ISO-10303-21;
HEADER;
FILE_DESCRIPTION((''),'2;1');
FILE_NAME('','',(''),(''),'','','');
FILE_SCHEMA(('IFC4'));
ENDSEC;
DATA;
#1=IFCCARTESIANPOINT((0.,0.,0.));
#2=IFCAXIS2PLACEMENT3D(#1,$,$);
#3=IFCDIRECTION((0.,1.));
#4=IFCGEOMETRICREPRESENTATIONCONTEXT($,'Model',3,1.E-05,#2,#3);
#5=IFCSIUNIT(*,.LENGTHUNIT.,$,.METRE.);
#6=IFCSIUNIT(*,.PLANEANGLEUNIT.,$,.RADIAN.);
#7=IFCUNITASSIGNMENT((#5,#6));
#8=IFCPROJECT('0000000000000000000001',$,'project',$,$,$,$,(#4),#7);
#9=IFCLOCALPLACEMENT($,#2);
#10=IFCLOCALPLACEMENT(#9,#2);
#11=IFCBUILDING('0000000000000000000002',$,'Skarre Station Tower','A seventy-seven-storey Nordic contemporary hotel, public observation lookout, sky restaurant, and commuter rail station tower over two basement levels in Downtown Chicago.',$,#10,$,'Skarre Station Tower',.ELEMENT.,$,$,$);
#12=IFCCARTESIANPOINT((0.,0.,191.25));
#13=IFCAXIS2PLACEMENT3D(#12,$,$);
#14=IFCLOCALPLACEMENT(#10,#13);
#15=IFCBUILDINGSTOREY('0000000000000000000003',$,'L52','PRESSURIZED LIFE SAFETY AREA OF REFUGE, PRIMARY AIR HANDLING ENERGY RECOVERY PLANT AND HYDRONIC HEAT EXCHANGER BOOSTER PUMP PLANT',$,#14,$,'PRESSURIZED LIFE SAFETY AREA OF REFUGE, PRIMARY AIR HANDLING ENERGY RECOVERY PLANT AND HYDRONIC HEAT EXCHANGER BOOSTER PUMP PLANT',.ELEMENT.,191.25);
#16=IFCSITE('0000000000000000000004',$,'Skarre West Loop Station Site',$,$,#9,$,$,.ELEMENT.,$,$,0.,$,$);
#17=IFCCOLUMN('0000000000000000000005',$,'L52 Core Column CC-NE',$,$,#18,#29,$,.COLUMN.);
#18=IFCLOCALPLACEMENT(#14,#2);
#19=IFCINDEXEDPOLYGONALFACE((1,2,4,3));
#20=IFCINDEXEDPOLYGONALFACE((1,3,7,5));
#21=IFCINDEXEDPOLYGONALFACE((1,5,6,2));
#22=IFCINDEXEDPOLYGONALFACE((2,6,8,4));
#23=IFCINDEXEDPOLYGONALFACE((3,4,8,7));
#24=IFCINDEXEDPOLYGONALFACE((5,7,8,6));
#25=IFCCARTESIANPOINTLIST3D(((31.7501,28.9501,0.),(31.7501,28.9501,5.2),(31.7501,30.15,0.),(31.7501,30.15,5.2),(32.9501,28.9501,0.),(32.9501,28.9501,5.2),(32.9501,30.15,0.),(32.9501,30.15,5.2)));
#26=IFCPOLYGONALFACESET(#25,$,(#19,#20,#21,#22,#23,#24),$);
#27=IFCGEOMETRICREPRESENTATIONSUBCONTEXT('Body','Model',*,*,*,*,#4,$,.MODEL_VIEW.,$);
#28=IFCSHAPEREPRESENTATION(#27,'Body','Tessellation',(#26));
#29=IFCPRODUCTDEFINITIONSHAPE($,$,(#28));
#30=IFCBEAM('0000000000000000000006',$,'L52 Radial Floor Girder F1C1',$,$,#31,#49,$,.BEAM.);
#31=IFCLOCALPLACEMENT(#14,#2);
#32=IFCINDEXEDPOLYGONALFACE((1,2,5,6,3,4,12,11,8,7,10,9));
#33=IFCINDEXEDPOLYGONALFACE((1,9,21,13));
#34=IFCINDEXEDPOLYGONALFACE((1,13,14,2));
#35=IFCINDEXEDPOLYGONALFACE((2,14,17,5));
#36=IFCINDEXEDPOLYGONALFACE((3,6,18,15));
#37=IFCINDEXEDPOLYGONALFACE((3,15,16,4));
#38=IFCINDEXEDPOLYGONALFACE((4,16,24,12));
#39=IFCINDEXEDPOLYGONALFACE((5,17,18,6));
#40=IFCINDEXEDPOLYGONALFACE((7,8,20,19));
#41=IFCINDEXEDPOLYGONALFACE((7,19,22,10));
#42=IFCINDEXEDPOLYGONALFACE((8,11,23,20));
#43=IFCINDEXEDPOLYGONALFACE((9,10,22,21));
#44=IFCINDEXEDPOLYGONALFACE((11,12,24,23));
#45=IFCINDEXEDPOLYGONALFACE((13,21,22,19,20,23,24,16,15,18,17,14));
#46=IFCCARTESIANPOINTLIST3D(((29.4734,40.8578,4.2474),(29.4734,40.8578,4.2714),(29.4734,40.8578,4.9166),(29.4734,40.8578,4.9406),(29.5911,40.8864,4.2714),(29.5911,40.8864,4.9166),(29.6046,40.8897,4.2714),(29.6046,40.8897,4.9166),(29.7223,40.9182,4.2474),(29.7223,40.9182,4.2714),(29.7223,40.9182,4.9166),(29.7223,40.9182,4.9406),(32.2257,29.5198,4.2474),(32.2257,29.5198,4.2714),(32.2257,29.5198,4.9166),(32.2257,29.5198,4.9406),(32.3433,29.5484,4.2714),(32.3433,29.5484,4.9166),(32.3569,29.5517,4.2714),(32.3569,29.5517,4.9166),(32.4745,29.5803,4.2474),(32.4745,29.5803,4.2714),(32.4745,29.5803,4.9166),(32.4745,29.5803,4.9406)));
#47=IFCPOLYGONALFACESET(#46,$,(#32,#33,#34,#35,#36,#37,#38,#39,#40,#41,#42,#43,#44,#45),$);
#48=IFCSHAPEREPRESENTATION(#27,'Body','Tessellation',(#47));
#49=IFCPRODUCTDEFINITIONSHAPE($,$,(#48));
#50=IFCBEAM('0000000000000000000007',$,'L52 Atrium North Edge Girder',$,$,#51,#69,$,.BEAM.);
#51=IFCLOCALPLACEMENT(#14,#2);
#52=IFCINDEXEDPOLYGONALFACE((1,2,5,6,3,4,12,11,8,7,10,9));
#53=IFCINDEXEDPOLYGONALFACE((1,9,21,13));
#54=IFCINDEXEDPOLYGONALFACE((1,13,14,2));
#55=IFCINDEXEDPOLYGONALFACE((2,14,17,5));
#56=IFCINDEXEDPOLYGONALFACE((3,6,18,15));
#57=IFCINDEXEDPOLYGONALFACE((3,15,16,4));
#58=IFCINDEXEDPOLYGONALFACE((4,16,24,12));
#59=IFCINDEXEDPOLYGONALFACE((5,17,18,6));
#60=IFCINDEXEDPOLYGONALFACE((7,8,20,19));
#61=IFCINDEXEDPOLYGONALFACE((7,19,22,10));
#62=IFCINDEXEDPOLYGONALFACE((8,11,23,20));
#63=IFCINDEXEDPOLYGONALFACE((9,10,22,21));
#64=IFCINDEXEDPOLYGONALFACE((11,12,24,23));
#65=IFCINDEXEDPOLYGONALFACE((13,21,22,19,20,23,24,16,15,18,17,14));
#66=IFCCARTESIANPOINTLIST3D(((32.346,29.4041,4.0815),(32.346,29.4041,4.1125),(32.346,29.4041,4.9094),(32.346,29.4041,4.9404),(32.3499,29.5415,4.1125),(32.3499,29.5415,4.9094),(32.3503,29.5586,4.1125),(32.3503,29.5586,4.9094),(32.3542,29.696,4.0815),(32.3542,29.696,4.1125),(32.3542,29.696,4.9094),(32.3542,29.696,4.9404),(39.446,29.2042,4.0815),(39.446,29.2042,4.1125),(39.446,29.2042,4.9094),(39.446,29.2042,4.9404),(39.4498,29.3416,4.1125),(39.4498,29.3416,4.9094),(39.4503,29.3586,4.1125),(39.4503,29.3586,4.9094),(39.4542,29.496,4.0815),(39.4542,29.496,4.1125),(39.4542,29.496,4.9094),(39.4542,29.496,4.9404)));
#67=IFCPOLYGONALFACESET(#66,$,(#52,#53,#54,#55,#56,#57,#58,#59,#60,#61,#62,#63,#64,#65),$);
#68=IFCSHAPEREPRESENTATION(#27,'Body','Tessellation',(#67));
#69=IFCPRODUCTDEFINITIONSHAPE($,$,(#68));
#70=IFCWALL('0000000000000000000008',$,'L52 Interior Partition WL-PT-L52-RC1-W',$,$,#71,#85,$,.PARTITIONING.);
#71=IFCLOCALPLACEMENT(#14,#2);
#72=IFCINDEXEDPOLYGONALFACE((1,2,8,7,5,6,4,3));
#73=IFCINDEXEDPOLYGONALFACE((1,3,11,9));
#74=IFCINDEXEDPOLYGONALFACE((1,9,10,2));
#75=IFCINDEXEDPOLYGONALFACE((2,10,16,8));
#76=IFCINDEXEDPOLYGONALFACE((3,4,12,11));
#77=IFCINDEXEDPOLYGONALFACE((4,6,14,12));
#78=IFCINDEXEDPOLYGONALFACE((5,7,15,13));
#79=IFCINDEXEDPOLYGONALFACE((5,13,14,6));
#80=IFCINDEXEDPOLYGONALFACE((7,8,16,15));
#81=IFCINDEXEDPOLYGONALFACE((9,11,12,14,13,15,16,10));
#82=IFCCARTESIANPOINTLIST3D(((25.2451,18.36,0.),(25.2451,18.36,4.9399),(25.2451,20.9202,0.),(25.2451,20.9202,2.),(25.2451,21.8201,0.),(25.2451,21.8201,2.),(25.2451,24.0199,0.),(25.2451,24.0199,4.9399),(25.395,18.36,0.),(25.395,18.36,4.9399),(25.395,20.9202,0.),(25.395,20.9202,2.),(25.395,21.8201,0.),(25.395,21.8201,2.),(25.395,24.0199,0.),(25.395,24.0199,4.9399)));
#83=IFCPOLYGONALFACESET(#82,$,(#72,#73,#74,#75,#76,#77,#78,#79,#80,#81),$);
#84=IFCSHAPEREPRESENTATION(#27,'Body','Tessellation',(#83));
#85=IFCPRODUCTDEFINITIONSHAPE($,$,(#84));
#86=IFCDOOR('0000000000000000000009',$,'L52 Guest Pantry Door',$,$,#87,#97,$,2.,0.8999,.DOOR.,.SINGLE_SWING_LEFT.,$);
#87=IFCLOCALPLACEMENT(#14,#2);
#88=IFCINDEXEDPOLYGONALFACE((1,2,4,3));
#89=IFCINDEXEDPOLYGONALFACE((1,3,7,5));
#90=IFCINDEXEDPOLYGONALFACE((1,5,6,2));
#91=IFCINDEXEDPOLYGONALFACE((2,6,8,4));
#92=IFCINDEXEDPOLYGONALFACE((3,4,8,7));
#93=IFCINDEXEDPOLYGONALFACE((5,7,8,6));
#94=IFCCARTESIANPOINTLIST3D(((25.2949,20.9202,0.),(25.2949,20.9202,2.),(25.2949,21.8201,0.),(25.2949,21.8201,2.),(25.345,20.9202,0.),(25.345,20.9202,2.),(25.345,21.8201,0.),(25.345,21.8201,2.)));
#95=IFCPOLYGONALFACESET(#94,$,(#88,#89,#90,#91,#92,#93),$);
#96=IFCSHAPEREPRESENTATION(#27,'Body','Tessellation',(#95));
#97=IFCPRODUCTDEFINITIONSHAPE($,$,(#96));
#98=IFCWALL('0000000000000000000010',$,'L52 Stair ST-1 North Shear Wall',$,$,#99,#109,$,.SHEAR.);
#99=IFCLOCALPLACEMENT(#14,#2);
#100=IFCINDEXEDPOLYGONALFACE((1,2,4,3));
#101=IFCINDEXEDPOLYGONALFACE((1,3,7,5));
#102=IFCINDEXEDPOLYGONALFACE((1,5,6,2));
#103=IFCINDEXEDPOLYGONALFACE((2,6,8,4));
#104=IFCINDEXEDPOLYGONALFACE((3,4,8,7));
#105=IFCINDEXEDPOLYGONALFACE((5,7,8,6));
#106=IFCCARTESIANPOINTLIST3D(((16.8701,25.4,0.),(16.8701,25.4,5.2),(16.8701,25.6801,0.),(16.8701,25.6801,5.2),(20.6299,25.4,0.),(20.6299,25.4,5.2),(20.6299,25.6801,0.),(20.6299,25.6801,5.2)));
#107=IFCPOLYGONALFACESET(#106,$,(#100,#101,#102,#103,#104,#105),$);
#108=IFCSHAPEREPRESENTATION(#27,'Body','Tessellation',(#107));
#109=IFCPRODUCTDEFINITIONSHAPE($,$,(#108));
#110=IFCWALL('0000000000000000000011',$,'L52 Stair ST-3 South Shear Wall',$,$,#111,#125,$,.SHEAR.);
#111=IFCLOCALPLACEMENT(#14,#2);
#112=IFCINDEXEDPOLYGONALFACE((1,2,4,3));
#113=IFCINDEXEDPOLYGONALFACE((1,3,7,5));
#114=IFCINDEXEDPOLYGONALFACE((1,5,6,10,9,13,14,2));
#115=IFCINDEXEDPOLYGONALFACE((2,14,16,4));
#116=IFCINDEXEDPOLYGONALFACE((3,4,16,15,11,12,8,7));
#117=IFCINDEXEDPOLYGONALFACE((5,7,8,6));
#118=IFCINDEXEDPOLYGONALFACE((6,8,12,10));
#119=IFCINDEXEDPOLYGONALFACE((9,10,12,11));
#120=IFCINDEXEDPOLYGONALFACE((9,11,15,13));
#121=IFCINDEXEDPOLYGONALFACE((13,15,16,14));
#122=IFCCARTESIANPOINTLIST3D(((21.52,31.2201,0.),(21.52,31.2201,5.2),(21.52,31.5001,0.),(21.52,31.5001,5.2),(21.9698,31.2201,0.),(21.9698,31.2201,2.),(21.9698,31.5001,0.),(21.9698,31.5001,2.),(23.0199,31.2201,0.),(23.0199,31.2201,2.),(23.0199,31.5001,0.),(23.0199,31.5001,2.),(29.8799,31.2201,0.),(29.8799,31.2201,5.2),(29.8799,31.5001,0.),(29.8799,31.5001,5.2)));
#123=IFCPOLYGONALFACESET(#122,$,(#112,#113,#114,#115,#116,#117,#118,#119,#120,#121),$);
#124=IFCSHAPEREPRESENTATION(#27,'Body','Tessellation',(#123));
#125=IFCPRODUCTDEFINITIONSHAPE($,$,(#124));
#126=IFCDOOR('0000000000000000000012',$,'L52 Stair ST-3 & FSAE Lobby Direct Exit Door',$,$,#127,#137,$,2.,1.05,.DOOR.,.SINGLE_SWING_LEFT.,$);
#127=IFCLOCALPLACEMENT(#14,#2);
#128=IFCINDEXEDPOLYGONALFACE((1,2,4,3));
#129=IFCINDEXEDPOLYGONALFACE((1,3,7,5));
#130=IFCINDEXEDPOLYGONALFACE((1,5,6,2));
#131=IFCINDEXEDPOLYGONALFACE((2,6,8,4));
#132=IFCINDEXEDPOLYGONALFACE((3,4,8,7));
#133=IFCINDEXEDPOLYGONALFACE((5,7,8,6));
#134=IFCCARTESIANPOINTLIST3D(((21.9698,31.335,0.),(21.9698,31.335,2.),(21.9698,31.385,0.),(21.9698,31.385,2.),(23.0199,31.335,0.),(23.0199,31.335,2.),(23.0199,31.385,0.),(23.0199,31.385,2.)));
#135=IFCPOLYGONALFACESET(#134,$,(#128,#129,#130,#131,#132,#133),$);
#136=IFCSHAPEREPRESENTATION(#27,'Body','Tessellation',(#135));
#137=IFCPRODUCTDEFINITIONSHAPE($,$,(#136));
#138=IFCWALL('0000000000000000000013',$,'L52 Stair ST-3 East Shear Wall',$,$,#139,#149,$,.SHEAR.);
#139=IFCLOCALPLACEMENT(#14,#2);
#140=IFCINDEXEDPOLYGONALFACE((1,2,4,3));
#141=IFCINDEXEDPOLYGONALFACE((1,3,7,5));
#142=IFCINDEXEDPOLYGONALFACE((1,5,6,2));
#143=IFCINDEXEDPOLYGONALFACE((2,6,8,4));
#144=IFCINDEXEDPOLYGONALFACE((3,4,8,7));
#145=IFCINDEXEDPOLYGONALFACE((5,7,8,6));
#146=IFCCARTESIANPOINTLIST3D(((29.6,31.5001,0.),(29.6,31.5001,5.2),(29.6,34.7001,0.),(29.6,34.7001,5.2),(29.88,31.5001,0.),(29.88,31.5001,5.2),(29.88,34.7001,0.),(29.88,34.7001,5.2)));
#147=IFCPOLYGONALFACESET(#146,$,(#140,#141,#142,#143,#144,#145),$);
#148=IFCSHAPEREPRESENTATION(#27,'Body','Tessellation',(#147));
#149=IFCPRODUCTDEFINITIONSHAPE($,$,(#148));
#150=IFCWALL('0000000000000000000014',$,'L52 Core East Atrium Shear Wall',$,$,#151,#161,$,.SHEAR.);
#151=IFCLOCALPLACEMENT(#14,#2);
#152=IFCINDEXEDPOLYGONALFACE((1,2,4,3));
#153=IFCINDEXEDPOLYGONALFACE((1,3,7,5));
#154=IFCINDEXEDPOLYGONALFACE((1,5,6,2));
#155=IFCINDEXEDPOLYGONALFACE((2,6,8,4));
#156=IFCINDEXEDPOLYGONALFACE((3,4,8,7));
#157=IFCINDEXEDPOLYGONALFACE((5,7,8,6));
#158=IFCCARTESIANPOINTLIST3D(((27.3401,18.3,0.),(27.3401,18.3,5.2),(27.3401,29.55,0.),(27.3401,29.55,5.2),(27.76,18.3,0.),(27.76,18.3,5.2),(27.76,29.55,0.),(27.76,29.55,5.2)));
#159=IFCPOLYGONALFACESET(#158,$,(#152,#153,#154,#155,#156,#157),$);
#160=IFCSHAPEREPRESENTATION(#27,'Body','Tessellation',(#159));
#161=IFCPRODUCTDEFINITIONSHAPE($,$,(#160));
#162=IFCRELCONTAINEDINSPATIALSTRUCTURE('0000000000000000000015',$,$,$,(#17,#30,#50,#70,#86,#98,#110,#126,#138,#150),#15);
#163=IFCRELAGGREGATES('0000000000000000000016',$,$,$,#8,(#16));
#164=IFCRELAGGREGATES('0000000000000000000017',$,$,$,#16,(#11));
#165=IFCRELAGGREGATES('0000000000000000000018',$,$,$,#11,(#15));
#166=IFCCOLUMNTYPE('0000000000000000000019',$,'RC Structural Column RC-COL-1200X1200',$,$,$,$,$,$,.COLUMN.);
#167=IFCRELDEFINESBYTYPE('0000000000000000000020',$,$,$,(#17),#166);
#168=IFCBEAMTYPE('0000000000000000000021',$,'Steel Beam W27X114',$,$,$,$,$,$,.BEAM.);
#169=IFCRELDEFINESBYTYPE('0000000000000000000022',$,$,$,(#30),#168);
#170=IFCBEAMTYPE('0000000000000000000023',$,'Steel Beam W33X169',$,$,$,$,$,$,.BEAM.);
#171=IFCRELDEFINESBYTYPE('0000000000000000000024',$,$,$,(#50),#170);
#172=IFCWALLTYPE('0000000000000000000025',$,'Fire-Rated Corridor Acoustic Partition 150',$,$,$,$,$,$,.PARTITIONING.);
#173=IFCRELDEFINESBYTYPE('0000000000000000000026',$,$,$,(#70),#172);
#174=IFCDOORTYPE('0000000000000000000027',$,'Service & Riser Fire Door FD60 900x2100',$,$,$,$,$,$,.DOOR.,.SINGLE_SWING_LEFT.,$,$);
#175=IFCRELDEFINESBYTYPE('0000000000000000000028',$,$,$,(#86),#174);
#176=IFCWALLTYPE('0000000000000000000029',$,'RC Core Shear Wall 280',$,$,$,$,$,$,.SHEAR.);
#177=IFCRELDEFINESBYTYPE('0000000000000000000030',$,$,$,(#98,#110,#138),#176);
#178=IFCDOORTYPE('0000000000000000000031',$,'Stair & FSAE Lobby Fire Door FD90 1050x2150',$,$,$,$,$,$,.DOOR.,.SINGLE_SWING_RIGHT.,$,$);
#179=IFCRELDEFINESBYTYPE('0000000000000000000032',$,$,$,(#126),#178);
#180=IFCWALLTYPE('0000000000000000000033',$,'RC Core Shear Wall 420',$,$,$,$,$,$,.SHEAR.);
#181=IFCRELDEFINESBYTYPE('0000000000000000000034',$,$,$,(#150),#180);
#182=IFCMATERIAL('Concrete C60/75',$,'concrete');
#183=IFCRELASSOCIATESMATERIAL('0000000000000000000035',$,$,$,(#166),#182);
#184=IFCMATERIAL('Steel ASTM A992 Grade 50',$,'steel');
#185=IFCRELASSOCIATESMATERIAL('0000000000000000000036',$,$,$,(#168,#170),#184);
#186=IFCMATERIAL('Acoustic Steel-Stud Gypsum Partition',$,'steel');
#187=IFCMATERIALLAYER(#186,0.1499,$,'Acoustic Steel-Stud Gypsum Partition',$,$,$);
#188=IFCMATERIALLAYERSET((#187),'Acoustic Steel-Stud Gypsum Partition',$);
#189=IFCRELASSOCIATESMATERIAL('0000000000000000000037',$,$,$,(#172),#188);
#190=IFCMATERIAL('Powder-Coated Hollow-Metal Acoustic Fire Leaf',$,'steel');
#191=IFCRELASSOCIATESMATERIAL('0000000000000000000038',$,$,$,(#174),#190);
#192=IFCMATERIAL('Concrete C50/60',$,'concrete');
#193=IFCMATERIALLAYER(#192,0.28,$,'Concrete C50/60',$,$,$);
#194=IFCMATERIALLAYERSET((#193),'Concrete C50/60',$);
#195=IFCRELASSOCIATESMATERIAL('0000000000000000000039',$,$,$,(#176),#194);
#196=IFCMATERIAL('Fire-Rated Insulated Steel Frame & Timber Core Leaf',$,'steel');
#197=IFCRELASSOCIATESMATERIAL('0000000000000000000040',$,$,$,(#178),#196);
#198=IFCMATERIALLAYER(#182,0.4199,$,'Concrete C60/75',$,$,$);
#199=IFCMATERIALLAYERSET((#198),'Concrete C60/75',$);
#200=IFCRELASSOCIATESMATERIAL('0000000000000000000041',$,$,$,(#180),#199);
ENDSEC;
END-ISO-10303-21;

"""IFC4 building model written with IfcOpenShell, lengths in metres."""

from ifc_helpers import new_model, si_unit, direction, frame, frame_2d, origin, origin_2d, place, context, subcontext, project, spatial, rectangle, i_section, extrude, material, layer, layer_set, material_profile, profile_set, type_object, element, fill, save


model = new_model("IFC4")

# Units and contexts
model_context = context("Model", 3, precision=1e-05, world=origin(), true_north=direction((0.0, 1.0)))
body_context = subcontext(model_context, "Body", "Model", "MODEL_VIEW")
ifc_project = project(units=[si_unit("LENGTHUNIT", "METRE"), si_unit("PLANEANGLEUNIT", "RADIAN")], contexts=[model_context])

# Site, building, storey
site_placement = place(None, origin())
site = spatial("IfcSite", under=ifc_project, at=site_placement, Name="Skarre West Loop Station Site", CompositionType="ELEMENT", RefElevation=0.0)
building_placement = place(site_placement, origin())
building = spatial("IfcBuilding", under=site, at=building_placement, Name="Skarre Station Tower", Description="A seventy-seven-storey Nordic contemporary hotel, public observation lookout, sky restaurant, and commuter rail station tower over two basement levels in Downtown Chicago.", LongName="Skarre Station Tower", CompositionType="ELEMENT")
storey_placement = place(building_placement, frame((0.0, 0.0, 191.25)))
storey = spatial("IfcBuildingStorey", under=building, at=storey_placement, Name="L52", Description="PRESSURIZED LIFE SAFETY AREA OF REFUGE, PRIMARY AIR HANDLING ENERGY RECOVERY PLANT AND HYDRONIC HEAT EXCHANGER BOOSTER PUMP PLANT", LongName="PRESSURIZED LIFE SAFETY AREA OF REFUGE, PRIMARY AIR HANDLING ENERGY RECOVERY PLANT AND HYDRONIC HEAT EXCHANGER BOOSTER PUMP PLANT", CompositionType="ELEMENT", Elevation=191.25)

# Column
ifc_material_1 = material(Name="Concrete C60/75", Category="concrete")
ifc_material_profile_1 = material_profile(ifc_material_1, rectangle(XDim=1.2, YDim=1.2, at=origin_2d()), Name="Concrete C60/75")
ifc_profile_set_1 = profile_set([ifc_material_profile_1], Name="Concrete C60/75")
column_type = type_object("IfcColumnType", Name="RC Structural Column RC-COL-1200X1200", PredefinedType="COLUMN", material=ifc_profile_set_1)
column_placement = place(storey_placement, frame((32.3501, 29.55, 0.0), z_axis=(0.0, 0.0, 1.0), x_axis=(1.0, 0.0, 0.0)))
element("IfcColumn", 1, at=column_placement, inside=storey, type_object=column_type, Name="L52 Core Column CC-NE", PredefinedType="COLUMN", context=body_context, shape_type="SweptSolid", body=[
    extrude(rectangle(XDim=1.2, YDim=1.2, at=origin_2d()), origin(), (0.0, 0.0, 1.0), 5.2),
])

# Beams
ifc_material_2 = material(Name="Steel ASTM A992 Grade 50", Category="steel")
ifc_material_profile_2 = material_profile(ifc_material_2, i_section(OverallWidth=0.2561, OverallDepth=0.6931, WebThickness=0.0139, FlangeThickness=0.0239, at=origin_2d()), Name="Steel ASTM A992 Grade 50")
ifc_profile_set_2 = profile_set([ifc_material_profile_2], Name="Steel ASTM A992 Grade 50")
beam_type_1 = type_object("IfcBeamType", Name="Steel Beam W27X114", PredefinedType="BEAM", material=ifc_profile_set_2)
beam_1_placement = place(storey_placement, frame((32.3501, 29.55, 4.594), z_axis=(-0.235893, 0.971779, 0.0), x_axis=(-0.971779, -0.235893, 0.0)))
element("IfcBeam", 2, at=beam_1_placement, inside=storey, type_object=beam_type_1, Name="L52 Radial Floor Girder F1C1", PredefinedType="BEAM", context=body_context, shape_type="SweptSolid", body=[
    extrude(i_section(OverallWidth=0.2561, OverallDepth=0.6931, WebThickness=0.0139, FlangeThickness=0.0239, at=origin_2d()), origin(), (0.0, 0.0, 1.0), 11.6672),
])
ifc_material_profile_3 = material_profile(ifc_material_2, i_section(OverallWidth=0.292, OverallDepth=0.8589, WebThickness=0.0171, FlangeThickness=0.031, at=origin_2d()), Name="Steel ASTM A992 Grade 50")
ifc_profile_set_3 = profile_set([ifc_material_profile_3], Name="Steel ASTM A992 Grade 50")
beam_type_2 = type_object("IfcBeamType", Name="Steel Beam W33X169", PredefinedType="BEAM", material=ifc_profile_set_3)
beam_2_placement = place(storey_placement, frame((32.3501, 29.55, 4.511), z_axis=(0.999604, -0.028152, 0.0), x_axis=(0.028152, 0.999604, 0.0)))
element("IfcBeam", 3, at=beam_2_placement, inside=storey, type_object=beam_type_2, Name="L52 Atrium North Edge Girder", PredefinedType="BEAM", context=body_context, shape_type="SweptSolid", body=[
    extrude(i_section(OverallWidth=0.292, OverallDepth=0.8589, WebThickness=0.0171, FlangeThickness=0.031, at=origin_2d()), origin(), (0.0, 0.0, 1.0), 7.1028),
])

# Wall, opening, door
ifc_material_3 = material(Name="Acoustic Steel-Stud Gypsum Partition", Category="steel")
ifc_layer_1 = layer(ifc_material_3, 0.1499, Name="Acoustic Steel-Stud Gypsum Partition")
ifc_layer_set_1 = layer_set([ifc_layer_1], Name="Acoustic Steel-Stud Gypsum Partition")
wall_type_1 = type_object("IfcWallType", Name="Fire-Rated Corridor Acoustic Partition 150", PredefinedType="PARTITIONING", material=ifc_layer_set_1)
wall_1_placement = place(storey_placement, frame((25.3201, 24.02, 0.0), z_axis=(0.0, 0.0, 1.0), x_axis=(0.0, -1.0, 0.0)))
wall_1 = element("IfcWall", 4, at=wall_1_placement, inside=storey, type_object=wall_type_1, Name="L52 Interior Partition WL-PT-L52-RC1-W", PredefinedType="PARTITIONING", context=body_context, shape_type="SweptSolid", body=[
    extrude(rectangle(XDim=5.6599, YDim=0.1499, at=frame_2d((2.8301, 0.0))), origin(), (0.0, 0.0, 1.0), 4.9399),
])
opening_1_placement = place(wall_1_placement, frame((2.2, 0.0, 0.0)))
opening_1 = element("IfcOpeningElement", 5, at=opening_1_placement, cuts=wall_1, PredefinedType="OPENING", context=body_context, shape_type="SweptSolid", body=[
    extrude(rectangle(XDim=0.8999, YDim=2.0, at=frame_2d((0.45, 1.0))), frame((0.0, 0.085, 0.0), z_axis=(0.0, -1.0, 0.0), x_axis=(1.0, 0.0, 0.0)), (0.0, 0.0, 1.0), 0.1699),
])
ifc_material_4 = material(Name="Powder-Coated Hollow-Metal Acoustic Fire Leaf", Category="steel")
door_type_1 = type_object("IfcDoorType", Name="Service & Riser Fire Door FD60 900x2100", OperationType="SINGLE_SWING_LEFT", PredefinedType="DOOR", material=ifc_material_4)
door_1_placement = place(opening_1_placement, origin())
door_1 = element("IfcDoor", 6, at=door_1_placement, inside=storey, type_object=door_type_1, Name="L52 Guest Pantry Door", OperationType="SINGLE_SWING_LEFT", OverallHeight=2.0, OverallWidth=0.8999, PredefinedType="DOOR", context=body_context, shape_type="SweptSolid", body=[
    extrude(rectangle(XDim=0.8999, YDim=2.0, at=frame_2d((0.45, 1.0))), frame((0.0, 0.0249, 0.0), z_axis=(0.0, -1.0, 0.0), x_axis=(1.0, 0.0, 0.0)), (0.0, 0.0, 1.0), 0.05),
])
fill(opening_1, door_1)

# Wall
ifc_material_5 = material(Name="Concrete C50/60", Category="concrete")
ifc_layer_2 = layer(ifc_material_5, 0.28, Name="Concrete C50/60")
ifc_layer_set_2 = layer_set([ifc_layer_2], Name="Concrete C50/60")
wall_type_2 = type_object("IfcWallType", Name="RC Core Shear Wall 280", PredefinedType="SHEAR", material=ifc_layer_set_2)
wall_2_placement = place(storey_placement, frame((20.6299, 25.54, 0.0), z_axis=(0.0, 0.0, 1.0), x_axis=(-1.0, 0.0, 0.0)))
element("IfcWall", 7, at=wall_2_placement, inside=storey, type_object=wall_type_2, Name="L52 Stair ST-1 North Shear Wall", PredefinedType="SHEAR", context=body_context, shape_type="SweptSolid", body=[
    extrude(rectangle(XDim=3.7598, YDim=0.28, at=frame_2d((1.8799, 0.0))), origin(), (0.0, 0.0, 1.0), 5.2),
])

# Wall, opening, door
wall_3_placement = place(storey_placement, frame((21.52, 31.3601, 0.0), z_axis=(0.0, 0.0, 1.0), x_axis=(1.0, 0.0, 0.0)))
wall_3 = element("IfcWall", 8, at=wall_3_placement, inside=storey, type_object=wall_type_2, Name="L52 Stair ST-3 South Shear Wall", PredefinedType="SHEAR", context=body_context, shape_type="SweptSolid", body=[
    extrude(rectangle(XDim=8.3599, YDim=0.28, at=frame_2d((4.1799, 0.0))), origin(), (0.0, 0.0, 1.0), 5.2),
])
opening_2_placement = place(wall_3_placement, frame((0.45, 0.0, 0.0)))
opening_2 = element("IfcOpeningElement", 9, at=opening_2_placement, cuts=wall_3, PredefinedType="OPENING", context=body_context, shape_type="SweptSolid", body=[
    extrude(rectangle(XDim=1.05, YDim=2.0, at=frame_2d((0.5249, 1.0))), frame((0.0, 0.1499, 0.0), z_axis=(0.0, -1.0, 0.0), x_axis=(1.0, 0.0, 0.0)), (0.0, 0.0, 1.0), 0.3),
])
ifc_material_6 = material(Name="Fire-Rated Insulated Steel Frame & Timber Core Leaf", Category="steel")
door_type_2 = type_object("IfcDoorType", Name="Stair & FSAE Lobby Fire Door FD90 1050x2150", OperationType="SINGLE_SWING_RIGHT", PredefinedType="DOOR", material=ifc_material_6)
door_2_placement = place(opening_2_placement, origin())
door_2 = element("IfcDoor", 10, at=door_2_placement, inside=storey, type_object=door_type_2, Name="L52 Stair ST-3 & FSAE Lobby Direct Exit Door", OperationType="SINGLE_SWING_LEFT", OverallHeight=2.0, OverallWidth=1.05, PredefinedType="DOOR", context=body_context, shape_type="SweptSolid", body=[
    extrude(rectangle(XDim=1.05, YDim=2.0, at=frame_2d((0.5249, 1.0))), frame((0.0, 0.0249, 0.0), z_axis=(0.0, -1.0, 0.0), x_axis=(1.0, 0.0, 0.0)), (0.0, 0.0, 1.0), 0.05),
])
fill(opening_2, door_2)

# Walls
wall_4_placement = place(storey_placement, frame((29.74, 31.5, 0.0), z_axis=(0.0, 0.0, 1.0), x_axis=(0.0, 1.0, 0.0)))
element("IfcWall", 11, at=wall_4_placement, inside=storey, type_object=wall_type_2, Name="L52 Stair ST-3 East Shear Wall", PredefinedType="SHEAR", context=body_context, shape_type="SweptSolid", body=[
    extrude(rectangle(XDim=3.2, YDim=0.28, at=frame_2d((1.6001, 0.0))), origin(), (0.0, 0.0, 1.0), 5.2),
])
ifc_layer_3 = layer(ifc_material_1, 0.4199, Name="Concrete C60/75")
ifc_layer_set_3 = layer_set([ifc_layer_3], Name="Concrete C60/75")
wall_type_3 = type_object("IfcWallType", Name="RC Core Shear Wall 420", PredefinedType="SHEAR", material=ifc_layer_set_3)
wall_5_placement = place(storey_placement, frame((27.55, 29.55, 0.0), z_axis=(0.0, 0.0, 1.0), x_axis=(0.0, -1.0, 0.0)))
element("IfcWall", 12, at=wall_5_placement, inside=storey, type_object=wall_type_3, Name="L52 Core East Atrium Shear Wall", PredefinedType="SHEAR", context=body_context, shape_type="SweptSolid", body=[
    extrude(rectangle(XDim=11.25, YDim=0.4199, at=frame_2d((5.625, 0.0))), origin(), (0.0, 0.0, 1.0), 5.2),
])

save(model, "model.ifc")
